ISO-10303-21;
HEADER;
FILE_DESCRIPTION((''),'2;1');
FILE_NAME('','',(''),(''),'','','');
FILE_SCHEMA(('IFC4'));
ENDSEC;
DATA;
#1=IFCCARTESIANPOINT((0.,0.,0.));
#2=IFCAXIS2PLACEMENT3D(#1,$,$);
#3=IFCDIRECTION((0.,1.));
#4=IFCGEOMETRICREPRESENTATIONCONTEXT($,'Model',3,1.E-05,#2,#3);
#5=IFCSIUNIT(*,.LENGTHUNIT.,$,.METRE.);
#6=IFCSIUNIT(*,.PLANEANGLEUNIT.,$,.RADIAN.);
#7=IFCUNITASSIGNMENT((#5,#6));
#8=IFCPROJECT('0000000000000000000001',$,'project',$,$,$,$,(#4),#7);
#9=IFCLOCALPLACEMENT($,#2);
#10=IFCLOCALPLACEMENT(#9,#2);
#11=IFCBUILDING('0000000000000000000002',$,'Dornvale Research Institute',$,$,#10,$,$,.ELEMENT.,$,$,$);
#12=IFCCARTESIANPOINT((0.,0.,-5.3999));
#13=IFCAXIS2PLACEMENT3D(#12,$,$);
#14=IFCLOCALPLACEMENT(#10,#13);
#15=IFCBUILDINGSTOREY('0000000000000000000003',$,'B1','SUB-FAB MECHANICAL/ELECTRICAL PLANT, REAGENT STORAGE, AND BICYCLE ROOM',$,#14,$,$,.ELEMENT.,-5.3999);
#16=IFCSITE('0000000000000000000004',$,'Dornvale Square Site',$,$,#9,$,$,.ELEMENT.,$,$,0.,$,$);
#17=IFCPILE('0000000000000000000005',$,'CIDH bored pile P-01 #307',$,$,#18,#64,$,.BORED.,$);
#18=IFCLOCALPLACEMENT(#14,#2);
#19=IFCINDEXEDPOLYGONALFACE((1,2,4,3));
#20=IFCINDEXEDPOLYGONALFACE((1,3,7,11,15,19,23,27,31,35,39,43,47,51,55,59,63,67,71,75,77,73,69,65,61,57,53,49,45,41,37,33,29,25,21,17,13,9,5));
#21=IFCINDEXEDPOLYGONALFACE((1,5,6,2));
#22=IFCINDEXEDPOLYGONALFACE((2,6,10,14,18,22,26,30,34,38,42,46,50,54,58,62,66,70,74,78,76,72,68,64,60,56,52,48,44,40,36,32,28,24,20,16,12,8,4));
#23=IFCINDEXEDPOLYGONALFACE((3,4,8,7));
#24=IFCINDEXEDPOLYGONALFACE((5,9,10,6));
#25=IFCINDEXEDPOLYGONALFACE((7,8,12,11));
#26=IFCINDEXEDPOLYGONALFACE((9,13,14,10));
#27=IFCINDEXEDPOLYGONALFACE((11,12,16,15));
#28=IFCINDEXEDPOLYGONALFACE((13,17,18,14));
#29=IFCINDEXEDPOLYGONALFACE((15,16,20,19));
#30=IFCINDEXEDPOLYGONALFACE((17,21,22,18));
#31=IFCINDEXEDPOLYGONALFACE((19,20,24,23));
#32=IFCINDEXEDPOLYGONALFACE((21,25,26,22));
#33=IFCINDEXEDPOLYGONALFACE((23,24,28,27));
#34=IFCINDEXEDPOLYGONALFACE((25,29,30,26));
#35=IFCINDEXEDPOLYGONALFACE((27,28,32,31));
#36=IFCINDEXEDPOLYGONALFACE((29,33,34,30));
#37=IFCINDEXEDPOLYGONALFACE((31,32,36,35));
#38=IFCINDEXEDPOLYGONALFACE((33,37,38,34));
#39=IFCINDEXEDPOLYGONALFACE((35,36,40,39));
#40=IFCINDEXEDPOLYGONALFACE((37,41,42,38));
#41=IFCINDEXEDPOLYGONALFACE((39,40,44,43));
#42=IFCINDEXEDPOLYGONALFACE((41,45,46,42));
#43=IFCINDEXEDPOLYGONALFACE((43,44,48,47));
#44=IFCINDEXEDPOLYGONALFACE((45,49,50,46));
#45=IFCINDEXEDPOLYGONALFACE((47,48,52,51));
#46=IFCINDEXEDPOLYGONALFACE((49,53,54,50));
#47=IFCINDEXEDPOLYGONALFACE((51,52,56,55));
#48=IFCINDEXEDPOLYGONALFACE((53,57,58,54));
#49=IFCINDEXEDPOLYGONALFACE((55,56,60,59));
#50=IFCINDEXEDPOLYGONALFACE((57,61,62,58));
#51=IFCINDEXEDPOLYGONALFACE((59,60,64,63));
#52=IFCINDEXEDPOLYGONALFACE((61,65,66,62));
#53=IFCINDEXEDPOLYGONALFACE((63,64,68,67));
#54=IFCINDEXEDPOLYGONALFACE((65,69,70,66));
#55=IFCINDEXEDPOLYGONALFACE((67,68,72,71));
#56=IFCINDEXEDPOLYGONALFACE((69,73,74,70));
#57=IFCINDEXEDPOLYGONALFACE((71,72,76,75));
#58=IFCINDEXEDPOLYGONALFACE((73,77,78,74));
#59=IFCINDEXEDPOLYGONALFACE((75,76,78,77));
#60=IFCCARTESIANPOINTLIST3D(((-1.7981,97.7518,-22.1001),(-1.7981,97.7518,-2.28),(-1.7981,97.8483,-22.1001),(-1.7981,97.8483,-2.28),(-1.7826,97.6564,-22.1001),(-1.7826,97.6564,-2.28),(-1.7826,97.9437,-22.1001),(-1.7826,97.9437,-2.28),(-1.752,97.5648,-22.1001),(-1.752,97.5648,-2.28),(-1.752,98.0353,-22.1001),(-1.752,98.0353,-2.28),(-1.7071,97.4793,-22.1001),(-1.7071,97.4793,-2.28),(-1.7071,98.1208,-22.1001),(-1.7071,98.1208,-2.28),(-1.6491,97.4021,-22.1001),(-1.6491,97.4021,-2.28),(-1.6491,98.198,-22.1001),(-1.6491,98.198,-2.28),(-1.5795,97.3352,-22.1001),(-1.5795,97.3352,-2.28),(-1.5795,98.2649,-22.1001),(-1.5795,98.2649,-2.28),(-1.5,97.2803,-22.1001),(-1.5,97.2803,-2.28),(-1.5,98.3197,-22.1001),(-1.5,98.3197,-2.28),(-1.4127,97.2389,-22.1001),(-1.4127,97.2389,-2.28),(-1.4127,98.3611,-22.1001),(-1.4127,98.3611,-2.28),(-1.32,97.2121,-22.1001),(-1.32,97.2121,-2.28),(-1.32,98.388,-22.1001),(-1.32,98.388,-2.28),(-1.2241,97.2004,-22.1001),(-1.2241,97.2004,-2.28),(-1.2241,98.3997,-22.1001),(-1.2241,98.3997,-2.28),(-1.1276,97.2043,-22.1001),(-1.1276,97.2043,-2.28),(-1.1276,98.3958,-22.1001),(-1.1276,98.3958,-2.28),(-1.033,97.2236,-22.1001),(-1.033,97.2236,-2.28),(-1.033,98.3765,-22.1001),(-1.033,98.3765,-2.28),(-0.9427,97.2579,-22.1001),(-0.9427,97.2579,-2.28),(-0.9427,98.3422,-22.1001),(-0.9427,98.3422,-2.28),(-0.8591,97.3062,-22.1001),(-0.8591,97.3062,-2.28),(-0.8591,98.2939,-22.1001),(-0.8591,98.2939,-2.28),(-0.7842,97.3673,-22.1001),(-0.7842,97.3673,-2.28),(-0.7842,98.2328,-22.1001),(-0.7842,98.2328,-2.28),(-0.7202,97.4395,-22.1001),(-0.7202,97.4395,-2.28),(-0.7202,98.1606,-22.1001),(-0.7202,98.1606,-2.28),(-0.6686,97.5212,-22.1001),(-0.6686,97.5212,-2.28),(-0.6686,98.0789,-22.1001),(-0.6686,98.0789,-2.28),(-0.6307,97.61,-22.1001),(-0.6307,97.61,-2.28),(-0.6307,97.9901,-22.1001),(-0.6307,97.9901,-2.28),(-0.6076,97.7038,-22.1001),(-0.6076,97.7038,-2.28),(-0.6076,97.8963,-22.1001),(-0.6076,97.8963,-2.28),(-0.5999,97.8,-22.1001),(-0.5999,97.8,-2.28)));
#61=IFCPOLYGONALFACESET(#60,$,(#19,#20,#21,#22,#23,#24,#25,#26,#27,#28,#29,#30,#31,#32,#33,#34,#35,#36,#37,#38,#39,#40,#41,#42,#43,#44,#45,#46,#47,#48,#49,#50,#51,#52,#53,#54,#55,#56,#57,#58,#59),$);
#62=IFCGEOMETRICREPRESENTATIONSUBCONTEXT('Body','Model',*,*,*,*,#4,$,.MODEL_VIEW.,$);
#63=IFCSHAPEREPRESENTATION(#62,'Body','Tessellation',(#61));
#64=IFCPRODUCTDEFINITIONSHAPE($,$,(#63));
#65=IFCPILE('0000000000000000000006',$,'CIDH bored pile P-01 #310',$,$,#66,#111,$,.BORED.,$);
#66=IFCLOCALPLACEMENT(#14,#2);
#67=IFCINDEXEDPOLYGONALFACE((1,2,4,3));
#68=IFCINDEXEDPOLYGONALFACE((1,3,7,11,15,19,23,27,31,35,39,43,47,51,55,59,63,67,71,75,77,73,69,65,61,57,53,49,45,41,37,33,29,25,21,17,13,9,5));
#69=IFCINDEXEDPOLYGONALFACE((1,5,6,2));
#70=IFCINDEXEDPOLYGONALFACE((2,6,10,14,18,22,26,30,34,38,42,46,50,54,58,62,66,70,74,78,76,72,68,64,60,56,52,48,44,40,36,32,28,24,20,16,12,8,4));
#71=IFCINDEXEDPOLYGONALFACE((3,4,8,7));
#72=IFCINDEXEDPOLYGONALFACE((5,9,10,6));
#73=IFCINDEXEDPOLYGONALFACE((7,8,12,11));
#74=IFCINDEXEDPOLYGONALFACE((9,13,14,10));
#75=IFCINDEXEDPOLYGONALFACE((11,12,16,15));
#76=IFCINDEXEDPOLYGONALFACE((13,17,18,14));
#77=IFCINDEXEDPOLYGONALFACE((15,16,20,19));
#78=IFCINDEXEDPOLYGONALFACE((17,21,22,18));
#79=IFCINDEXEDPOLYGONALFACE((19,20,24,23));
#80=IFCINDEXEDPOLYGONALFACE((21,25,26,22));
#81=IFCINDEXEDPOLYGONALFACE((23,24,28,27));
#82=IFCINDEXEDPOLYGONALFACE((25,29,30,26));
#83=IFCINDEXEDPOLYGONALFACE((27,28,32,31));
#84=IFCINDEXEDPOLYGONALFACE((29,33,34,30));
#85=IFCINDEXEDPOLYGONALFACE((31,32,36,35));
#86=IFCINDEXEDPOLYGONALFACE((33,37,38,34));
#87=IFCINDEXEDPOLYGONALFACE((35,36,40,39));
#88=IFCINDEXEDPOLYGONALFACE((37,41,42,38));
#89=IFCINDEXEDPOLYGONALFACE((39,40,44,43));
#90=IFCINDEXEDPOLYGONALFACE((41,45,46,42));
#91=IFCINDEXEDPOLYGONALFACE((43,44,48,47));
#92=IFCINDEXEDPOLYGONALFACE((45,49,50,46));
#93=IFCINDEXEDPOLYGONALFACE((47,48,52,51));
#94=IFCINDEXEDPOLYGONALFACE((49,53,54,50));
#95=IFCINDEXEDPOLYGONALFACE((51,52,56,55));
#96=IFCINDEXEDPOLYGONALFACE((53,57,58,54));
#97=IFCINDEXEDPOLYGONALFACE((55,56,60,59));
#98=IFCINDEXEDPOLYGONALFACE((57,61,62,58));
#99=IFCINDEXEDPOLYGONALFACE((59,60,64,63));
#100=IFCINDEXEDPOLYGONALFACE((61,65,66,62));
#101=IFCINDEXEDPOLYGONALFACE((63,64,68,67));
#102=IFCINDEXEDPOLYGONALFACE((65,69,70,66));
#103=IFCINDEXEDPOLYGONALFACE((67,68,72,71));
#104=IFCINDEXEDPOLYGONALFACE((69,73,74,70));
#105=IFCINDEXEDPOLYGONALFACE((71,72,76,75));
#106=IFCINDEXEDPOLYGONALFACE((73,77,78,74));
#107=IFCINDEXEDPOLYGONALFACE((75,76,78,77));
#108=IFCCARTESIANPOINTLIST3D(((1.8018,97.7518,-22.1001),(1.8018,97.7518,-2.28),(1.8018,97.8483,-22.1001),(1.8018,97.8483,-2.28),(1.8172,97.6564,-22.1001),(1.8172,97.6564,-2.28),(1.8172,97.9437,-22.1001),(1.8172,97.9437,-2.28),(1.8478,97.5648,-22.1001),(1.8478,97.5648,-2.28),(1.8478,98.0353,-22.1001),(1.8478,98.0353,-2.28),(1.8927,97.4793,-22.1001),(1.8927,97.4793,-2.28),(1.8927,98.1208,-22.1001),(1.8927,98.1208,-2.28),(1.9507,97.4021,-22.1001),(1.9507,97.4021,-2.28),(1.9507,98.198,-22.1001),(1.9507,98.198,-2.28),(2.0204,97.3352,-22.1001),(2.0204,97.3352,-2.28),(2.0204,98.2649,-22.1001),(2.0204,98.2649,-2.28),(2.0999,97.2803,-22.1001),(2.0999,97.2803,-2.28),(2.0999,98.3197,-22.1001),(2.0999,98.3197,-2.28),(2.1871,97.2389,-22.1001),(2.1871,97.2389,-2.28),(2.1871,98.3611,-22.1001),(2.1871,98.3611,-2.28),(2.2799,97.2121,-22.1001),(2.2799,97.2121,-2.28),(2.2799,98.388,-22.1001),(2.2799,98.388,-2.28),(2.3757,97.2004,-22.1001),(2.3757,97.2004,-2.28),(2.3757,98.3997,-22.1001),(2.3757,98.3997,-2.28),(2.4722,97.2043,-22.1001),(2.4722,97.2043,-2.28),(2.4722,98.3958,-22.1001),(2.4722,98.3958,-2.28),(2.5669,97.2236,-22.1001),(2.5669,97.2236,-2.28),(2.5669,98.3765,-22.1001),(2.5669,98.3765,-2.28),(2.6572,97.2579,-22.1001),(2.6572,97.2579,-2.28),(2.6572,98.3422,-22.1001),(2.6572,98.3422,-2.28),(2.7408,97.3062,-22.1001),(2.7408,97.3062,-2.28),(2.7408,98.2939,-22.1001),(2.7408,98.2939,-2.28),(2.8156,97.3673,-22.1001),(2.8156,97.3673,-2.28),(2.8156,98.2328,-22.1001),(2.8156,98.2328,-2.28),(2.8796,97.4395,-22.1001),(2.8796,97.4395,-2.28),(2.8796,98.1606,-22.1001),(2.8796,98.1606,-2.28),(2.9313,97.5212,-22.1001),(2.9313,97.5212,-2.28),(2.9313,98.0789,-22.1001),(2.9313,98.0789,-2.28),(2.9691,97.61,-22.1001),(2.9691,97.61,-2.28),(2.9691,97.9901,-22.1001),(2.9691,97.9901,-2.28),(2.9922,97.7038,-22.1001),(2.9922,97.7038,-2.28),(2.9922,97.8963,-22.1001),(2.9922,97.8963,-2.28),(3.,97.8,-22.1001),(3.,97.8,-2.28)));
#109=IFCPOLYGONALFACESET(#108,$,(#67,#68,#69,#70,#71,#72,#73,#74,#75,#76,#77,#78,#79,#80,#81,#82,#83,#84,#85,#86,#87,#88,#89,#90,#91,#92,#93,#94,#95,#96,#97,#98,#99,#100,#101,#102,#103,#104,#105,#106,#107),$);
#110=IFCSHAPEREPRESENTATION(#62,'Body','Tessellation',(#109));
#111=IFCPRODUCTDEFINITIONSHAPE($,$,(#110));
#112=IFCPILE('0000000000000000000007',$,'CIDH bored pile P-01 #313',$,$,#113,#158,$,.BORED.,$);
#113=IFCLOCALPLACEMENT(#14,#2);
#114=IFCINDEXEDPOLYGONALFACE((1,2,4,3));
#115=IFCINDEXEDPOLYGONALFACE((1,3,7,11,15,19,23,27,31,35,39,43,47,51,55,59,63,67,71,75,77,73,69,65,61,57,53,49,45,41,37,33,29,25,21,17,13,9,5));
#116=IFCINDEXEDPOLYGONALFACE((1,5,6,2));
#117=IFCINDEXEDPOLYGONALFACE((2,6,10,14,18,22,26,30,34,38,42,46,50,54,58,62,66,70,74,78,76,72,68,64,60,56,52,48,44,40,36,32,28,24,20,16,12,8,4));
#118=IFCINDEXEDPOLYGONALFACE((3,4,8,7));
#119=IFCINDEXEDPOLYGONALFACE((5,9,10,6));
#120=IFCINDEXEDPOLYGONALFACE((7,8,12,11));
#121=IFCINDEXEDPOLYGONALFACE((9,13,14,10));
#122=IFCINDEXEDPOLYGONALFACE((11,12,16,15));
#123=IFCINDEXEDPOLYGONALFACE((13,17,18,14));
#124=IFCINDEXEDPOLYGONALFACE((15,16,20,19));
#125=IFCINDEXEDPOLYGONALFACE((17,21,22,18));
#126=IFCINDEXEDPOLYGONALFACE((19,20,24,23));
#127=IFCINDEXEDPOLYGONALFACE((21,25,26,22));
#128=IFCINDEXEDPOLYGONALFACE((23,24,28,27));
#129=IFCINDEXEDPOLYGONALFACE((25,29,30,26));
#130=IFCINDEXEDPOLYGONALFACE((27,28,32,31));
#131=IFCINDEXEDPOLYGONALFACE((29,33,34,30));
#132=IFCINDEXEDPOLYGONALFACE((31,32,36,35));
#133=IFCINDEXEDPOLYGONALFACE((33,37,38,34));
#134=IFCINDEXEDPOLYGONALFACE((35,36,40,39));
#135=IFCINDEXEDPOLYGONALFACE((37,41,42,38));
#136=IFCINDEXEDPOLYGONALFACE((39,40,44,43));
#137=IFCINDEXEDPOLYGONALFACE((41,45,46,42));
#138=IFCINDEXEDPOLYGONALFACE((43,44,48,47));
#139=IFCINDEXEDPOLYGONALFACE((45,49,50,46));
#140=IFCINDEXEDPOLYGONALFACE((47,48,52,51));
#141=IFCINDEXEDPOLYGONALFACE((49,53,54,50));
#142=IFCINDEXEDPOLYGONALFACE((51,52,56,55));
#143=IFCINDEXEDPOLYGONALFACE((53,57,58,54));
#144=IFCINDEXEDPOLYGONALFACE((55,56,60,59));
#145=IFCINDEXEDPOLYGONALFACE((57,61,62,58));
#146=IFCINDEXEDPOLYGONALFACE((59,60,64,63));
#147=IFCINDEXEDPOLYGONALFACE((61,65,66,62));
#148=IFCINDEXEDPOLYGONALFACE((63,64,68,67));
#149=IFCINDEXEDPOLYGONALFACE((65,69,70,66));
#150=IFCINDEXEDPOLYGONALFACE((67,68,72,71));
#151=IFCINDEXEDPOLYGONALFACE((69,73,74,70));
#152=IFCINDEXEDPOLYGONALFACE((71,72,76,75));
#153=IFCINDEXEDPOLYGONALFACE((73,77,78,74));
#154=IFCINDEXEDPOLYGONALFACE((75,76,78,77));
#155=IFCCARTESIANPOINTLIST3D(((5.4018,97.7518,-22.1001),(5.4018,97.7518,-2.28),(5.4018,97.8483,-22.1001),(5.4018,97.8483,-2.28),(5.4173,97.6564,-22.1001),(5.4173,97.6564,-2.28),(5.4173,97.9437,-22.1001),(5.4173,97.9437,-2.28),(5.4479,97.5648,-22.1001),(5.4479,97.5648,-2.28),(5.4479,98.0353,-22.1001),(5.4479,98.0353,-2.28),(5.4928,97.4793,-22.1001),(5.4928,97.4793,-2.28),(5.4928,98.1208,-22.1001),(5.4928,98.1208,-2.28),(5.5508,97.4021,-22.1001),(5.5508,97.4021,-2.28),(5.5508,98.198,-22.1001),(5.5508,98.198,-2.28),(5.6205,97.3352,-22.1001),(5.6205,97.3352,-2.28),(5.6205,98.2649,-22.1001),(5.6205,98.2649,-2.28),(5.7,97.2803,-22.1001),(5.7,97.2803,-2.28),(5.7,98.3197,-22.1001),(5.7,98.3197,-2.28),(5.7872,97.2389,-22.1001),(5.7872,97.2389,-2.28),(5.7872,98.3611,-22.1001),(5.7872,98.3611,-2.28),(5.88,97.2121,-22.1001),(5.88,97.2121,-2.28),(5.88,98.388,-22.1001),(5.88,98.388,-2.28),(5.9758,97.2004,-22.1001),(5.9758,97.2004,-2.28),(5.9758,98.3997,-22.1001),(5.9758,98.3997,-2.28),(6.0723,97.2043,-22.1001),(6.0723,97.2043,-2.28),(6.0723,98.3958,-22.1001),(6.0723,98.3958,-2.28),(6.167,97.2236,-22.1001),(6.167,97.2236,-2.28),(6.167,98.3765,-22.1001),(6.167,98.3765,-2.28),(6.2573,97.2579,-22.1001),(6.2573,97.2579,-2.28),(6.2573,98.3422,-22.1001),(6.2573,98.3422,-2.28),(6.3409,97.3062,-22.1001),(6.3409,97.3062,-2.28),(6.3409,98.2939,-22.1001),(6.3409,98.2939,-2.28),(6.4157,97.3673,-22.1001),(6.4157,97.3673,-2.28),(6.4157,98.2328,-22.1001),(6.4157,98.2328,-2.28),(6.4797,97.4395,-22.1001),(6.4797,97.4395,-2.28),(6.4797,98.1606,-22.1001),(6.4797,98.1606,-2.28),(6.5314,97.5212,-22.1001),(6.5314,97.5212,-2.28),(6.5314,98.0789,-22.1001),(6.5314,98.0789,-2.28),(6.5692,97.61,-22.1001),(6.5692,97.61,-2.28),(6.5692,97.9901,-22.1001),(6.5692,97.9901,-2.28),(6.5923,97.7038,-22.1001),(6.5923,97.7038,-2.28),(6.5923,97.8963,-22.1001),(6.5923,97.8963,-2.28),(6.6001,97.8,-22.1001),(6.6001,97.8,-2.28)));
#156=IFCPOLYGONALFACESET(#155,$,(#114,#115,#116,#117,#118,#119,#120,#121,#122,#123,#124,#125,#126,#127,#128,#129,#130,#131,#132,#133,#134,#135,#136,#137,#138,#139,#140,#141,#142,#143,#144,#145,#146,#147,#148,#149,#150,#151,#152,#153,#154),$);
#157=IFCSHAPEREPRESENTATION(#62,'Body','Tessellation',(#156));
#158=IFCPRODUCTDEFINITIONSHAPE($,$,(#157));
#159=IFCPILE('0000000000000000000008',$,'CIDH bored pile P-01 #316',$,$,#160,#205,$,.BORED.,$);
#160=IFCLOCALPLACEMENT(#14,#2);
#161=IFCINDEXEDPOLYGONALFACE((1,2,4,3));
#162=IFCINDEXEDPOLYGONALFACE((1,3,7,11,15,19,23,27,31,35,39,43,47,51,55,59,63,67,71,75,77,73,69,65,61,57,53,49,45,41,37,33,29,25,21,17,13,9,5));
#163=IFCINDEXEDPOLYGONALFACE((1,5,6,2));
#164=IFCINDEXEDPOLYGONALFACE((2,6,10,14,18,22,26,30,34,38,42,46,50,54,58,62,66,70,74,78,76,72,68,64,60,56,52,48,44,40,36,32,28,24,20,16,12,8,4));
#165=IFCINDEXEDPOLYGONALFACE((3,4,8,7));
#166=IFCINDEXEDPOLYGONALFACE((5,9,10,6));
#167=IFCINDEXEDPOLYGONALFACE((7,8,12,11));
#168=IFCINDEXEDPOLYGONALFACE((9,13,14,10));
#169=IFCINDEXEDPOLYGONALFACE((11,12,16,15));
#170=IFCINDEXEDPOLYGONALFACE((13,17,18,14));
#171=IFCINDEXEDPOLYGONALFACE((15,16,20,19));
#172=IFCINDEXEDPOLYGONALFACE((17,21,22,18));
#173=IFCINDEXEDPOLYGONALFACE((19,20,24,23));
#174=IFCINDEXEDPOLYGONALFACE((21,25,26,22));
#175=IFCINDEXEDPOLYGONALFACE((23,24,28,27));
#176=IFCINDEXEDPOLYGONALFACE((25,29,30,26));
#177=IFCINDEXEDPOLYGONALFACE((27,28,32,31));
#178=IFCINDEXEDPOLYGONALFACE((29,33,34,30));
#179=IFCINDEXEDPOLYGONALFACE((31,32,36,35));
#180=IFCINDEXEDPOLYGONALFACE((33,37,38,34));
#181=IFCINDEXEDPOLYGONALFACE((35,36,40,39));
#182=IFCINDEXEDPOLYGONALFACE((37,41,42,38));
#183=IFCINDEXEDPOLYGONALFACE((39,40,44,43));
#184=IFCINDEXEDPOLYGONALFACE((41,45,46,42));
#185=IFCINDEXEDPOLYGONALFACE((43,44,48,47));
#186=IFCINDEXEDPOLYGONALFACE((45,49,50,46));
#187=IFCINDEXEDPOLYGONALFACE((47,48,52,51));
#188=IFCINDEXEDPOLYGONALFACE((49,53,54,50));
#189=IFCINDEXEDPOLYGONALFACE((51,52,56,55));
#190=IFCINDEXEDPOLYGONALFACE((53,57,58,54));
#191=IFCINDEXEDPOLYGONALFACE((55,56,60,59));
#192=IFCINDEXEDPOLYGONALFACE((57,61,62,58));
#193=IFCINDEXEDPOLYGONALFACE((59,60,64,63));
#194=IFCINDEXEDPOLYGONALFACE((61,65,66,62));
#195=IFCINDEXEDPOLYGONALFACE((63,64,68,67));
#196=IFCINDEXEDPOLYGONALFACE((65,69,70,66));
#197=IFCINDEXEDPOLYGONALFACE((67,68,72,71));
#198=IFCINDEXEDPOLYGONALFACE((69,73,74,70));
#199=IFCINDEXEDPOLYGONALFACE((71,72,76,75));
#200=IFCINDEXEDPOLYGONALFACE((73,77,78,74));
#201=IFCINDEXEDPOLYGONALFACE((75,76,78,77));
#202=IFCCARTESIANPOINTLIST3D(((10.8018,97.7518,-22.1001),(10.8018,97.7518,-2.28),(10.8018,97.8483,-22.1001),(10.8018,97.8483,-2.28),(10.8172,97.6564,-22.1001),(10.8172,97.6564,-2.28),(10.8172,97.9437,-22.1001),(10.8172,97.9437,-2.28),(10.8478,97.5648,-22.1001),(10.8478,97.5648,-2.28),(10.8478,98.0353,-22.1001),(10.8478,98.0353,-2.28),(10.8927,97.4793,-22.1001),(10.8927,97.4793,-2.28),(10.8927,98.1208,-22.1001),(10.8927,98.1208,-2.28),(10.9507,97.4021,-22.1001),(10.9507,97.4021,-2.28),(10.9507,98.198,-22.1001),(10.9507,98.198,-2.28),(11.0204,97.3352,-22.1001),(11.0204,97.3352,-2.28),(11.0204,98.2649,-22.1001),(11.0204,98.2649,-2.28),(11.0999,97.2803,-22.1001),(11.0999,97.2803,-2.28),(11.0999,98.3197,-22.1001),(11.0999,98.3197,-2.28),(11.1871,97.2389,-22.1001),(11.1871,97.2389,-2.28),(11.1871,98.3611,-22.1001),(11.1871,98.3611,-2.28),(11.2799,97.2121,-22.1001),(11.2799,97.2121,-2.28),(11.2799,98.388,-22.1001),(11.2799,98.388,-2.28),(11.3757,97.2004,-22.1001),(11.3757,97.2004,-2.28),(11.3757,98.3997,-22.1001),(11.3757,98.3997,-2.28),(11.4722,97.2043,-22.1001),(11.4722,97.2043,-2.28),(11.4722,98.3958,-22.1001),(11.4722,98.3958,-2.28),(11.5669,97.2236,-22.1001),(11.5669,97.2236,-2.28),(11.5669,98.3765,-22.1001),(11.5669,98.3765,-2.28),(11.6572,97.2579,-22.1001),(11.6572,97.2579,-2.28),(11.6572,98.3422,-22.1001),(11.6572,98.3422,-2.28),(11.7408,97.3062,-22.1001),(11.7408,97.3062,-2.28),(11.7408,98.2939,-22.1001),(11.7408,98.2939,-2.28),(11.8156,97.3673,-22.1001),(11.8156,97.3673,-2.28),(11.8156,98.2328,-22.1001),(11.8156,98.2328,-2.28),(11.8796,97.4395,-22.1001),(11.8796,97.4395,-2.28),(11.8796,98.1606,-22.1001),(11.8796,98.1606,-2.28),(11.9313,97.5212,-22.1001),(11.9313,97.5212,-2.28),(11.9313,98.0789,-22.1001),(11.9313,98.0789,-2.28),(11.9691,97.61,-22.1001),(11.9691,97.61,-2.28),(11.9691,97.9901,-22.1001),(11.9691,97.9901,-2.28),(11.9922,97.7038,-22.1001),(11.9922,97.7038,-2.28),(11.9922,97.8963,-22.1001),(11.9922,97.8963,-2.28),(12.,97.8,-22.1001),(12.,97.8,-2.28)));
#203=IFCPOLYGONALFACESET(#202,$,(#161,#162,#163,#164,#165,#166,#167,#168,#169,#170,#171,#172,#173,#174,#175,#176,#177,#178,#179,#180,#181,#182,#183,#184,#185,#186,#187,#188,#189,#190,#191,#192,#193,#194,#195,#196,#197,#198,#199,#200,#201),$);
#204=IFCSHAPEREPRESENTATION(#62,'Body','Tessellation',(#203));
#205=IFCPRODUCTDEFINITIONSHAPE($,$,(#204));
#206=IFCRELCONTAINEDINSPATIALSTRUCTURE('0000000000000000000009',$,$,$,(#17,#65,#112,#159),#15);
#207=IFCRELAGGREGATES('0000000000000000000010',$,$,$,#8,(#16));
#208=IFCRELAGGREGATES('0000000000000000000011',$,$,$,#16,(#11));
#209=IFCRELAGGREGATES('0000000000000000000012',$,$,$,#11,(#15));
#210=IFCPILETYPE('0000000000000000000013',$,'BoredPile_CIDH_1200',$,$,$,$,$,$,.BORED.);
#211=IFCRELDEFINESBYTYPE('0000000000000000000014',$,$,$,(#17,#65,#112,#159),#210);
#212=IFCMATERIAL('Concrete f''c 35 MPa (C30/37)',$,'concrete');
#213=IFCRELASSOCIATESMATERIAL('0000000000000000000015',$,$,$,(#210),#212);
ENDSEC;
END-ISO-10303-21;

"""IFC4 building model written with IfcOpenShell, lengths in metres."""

from ifc_helpers import new_model, si_unit, direction, frame, origin, origin_2d, place, context, subcontext, project, spatial, circle, extrude, material, material_profile, profile_set, type_object, element, save


model = new_model("IFC4")

# Units and contexts
model_context = context("Model", 3, precision=1e-05, world=origin(), true_north=direction((0.0, 1.0)))
body_context = subcontext(model_context, "Body", "Model", "MODEL_VIEW")
ifc_project = project(units=[si_unit("LENGTHUNIT", "METRE"), si_unit("PLANEANGLEUNIT", "RADIAN")], contexts=[model_context])

# Site, building, storey
site_placement = place(None, origin())
site = spatial("IfcSite", under=ifc_project, at=site_placement, Name="Dornvale Square Site", CompositionType="ELEMENT", RefElevation=0.0)
building_placement = place(site_placement, origin())
building = spatial("IfcBuilding", under=site, at=building_placement, Name="Dornvale Research Institute", CompositionType="ELEMENT")
storey_placement = place(building_placement, frame((0.0, 0.0, -5.3999)))
storey = spatial("IfcBuildingStorey", under=building, at=storey_placement, Name="B1", Description="SUB-FAB MECHANICAL/ELECTRICAL PLANT, REAGENT STORAGE, AND BICYCLE ROOM", CompositionType="ELEMENT", Elevation=-5.3999)

# Piles
ifc_material_1 = material(Name="Concrete f'c 35 MPa (C30/37)", Category="concrete")
ifc_material_profile_1 = material_profile(ifc_material_1, circle(Radius=0.6001, at=origin_2d()), Name="CIDH PILE D1200")
ifc_profile_set_1 = profile_set([ifc_material_profile_1], Name="Concrete f'c 35 MPa (C30/37)")
pile_type_1 = type_object("IfcPileType", Name="BoredPile_CIDH_1200", PredefinedType="BORED", material=ifc_profile_set_1)
for number, where, z_axis, x_axis, name in (
    (1, (-1.2, 97.8, -2.28), (0.0, 0.0, -1.0), (1.0, 0.0, 0.0), "CIDH bored pile P-01 #307"),
    (2, (2.3999, 97.8, -2.28), (0.0, 0.0, -1.0), (1.0, 0.0, 0.0), "CIDH bored pile P-01 #310"),
    (3, (6.0, 97.8, -2.28), (0.0, 0.0, -1.0), (1.0, 0.0, 0.0), "CIDH bored pile P-01 #313"),
    (4, (11.3999, 97.8, -2.28), (0.0, 0.0, -1.0), (1.0, 0.0, 0.0), "CIDH bored pile P-01 #316"),
):
    element("IfcPile", number, at=place(storey_placement, frame(where, z_axis=z_axis, x_axis=x_axis)), inside=storey, type_object=pile_type_1, Name=name, PredefinedType="BORED", context=body_context, shape_type="SweptSolid", body=[
        extrude(circle(Radius=0.6001, at=origin_2d()), origin(), (0.0, 0.0, 1.0), 19.8201),
    ])

save(model, "model.ifc")
